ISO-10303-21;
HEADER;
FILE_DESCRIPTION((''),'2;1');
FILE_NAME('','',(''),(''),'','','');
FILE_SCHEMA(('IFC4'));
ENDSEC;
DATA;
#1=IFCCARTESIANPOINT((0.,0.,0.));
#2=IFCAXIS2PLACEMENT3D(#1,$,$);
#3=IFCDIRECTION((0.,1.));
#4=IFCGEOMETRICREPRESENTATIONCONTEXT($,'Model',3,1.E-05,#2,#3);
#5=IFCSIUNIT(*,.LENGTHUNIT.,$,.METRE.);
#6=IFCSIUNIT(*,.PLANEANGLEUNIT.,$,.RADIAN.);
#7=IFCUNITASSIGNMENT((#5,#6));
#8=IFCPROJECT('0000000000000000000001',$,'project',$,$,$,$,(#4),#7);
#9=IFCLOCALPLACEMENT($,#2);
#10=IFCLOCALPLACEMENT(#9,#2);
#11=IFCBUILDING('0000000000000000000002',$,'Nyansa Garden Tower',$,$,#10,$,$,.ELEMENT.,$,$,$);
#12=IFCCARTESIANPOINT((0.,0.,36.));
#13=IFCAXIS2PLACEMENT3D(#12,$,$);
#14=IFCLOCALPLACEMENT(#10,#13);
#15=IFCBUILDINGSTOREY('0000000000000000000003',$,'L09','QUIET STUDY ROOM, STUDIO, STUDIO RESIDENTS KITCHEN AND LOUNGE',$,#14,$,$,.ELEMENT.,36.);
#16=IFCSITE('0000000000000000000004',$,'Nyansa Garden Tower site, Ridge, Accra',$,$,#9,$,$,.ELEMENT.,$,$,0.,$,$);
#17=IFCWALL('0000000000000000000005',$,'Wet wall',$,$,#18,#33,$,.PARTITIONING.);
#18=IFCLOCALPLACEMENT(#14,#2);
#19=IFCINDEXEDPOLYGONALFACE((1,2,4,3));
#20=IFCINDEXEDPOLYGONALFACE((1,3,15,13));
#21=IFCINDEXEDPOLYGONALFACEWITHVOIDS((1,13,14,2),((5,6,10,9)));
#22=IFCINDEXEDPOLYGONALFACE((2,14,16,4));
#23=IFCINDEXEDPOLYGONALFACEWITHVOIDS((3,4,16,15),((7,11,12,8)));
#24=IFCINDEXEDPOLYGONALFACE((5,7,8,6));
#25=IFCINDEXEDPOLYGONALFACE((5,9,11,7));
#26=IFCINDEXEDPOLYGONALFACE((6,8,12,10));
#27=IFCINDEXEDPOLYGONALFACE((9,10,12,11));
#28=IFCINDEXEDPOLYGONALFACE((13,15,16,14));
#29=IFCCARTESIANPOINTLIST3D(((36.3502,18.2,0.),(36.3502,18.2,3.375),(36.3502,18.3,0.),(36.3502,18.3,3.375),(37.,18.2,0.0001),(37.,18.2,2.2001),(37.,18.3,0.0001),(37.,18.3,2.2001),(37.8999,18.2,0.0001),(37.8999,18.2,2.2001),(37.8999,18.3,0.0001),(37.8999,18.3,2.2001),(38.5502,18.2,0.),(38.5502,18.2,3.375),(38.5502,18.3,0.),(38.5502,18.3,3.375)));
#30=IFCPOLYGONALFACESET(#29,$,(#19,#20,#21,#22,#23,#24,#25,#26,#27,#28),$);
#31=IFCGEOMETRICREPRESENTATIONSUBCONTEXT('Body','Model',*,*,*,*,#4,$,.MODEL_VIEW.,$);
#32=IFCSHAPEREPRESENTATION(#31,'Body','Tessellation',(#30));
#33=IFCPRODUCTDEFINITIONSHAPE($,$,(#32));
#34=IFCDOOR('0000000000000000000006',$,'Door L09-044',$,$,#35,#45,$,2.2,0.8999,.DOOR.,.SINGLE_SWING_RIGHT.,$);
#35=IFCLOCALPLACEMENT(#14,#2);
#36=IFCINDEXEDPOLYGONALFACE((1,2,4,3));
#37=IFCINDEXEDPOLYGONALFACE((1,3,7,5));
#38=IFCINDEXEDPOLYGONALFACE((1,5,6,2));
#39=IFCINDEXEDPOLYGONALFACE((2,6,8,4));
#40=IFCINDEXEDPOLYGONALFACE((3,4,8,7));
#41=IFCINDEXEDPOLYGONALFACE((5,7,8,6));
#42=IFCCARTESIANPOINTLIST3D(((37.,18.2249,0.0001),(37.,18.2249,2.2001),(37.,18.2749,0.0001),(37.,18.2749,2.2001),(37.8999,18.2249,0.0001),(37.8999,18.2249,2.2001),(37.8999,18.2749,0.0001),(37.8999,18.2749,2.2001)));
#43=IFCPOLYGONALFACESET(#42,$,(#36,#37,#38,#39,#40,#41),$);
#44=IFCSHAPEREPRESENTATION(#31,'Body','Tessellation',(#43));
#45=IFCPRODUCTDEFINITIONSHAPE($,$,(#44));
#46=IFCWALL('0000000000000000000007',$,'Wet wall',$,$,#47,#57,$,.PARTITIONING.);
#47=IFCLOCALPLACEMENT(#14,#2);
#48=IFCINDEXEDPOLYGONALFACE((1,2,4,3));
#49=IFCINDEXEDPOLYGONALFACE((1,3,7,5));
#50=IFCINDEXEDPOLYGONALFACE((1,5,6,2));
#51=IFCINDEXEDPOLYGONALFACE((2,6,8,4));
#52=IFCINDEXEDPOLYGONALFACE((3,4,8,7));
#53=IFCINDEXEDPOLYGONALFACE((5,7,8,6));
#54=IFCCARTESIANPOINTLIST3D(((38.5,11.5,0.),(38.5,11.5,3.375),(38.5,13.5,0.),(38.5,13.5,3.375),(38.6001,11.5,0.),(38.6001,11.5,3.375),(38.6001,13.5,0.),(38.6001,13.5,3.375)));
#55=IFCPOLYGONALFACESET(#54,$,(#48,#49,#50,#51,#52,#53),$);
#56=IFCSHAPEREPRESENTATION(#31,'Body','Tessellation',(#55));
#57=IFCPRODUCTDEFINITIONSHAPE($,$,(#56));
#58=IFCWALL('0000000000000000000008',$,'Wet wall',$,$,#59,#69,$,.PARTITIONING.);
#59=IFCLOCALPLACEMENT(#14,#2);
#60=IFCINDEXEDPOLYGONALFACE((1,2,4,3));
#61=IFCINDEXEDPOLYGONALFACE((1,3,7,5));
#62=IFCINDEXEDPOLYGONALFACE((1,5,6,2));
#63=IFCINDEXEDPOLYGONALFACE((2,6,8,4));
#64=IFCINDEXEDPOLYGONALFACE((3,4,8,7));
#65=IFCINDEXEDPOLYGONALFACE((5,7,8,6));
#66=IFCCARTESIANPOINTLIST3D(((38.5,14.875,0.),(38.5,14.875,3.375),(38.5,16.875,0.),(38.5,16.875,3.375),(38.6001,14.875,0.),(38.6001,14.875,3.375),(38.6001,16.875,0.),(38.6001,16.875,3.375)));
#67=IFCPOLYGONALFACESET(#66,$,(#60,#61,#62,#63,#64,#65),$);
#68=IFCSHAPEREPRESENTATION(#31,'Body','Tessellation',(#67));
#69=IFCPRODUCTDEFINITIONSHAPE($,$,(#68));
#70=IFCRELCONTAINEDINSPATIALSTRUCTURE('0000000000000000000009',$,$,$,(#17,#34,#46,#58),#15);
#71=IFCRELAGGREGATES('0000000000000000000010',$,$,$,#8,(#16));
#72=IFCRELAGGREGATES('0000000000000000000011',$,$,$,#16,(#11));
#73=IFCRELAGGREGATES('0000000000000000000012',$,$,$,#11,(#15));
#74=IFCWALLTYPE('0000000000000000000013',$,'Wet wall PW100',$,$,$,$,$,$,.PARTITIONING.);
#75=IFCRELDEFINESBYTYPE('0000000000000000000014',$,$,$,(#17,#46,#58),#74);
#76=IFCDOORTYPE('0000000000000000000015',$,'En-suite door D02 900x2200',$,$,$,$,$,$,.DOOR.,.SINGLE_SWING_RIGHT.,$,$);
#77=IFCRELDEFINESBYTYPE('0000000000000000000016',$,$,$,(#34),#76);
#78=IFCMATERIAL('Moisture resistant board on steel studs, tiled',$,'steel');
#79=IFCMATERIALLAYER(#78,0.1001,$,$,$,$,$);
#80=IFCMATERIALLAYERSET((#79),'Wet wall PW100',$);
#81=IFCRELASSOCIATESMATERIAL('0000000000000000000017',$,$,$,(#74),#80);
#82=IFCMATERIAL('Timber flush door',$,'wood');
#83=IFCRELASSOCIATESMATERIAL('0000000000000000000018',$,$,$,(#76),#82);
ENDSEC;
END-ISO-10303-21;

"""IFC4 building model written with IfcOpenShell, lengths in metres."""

from ifc_helpers import new_model, si_unit, direction, frame, frame_2d, origin, place, context, subcontext, project, spatial, rectangle, extrude, material, layer, layer_set, type_object, element, fill, save


model = new_model("IFC4")

# Units and contexts
model_context = context("Model", 3, precision=1e-05, world=origin(), true_north=direction((0.0, 1.0)))
body_context = subcontext(model_context, "Body", "Model", "MODEL_VIEW")
ifc_project = project(units=[si_unit("LENGTHUNIT", "METRE"), si_unit("PLANEANGLEUNIT", "RADIAN")], contexts=[model_context])

# Site, building, storey
site_placement = place(None, origin())
site = spatial("IfcSite", under=ifc_project, at=site_placement, Name="Nyansa Garden Tower site, Ridge, Accra", CompositionType="ELEMENT", RefElevation=0.0)
building_placement = place(site_placement, origin())
building = spatial("IfcBuilding", under=site, at=building_placement, Name="Nyansa Garden Tower", CompositionType="ELEMENT")
storey_placement = place(building_placement, frame((0.0, 0.0, 36.0)))
storey = spatial("IfcBuildingStorey", under=building, at=storey_placement, Name="L09", Description="QUIET STUDY ROOM, STUDIO, STUDIO RESIDENTS KITCHEN AND LOUNGE", CompositionType="ELEMENT", Elevation=36.0)

# Wall, opening, door
ifc_material_1 = material(Name="Moisture resistant board on steel studs, tiled", Category="steel")
ifc_layer_1 = layer(ifc_material_1, 0.1001)
ifc_layer_set_1 = layer_set([ifc_layer_1], Name="Wet wall PW100")
wall_type_1 = type_object("IfcWallType", Name="Wet wall PW100", PredefinedType="PARTITIONING", material=ifc_layer_set_1)
ifc_material_2 = material(Name="Timber flush door", Category="wood")
door_type_1 = type_object("IfcDoorType", Name="En-suite door D02 900x2200", OperationType="SINGLE_SWING_RIGHT", PredefinedType="DOOR", material=ifc_material_2)
wall_1_placement = place(storey_placement, frame((36.3501, 18.25, 0.0), z_axis=(0.0, 0.0, 1.0), x_axis=(1.0, 0.0, 0.0)))
wall_1 = element("IfcWall", 1, at=wall_1_placement, inside=storey, type_object=wall_type_1, Name="Wet wall", PredefinedType="PARTITIONING", context=body_context, shape_type="SweptSolid", body=[
    extrude(rectangle(XDim=2.2, YDim=0.1001, at=frame_2d((1.1001, 0.0))), origin(), (0.0, 0.0, 1.0), 3.375),
])
opening_1_placement = place(wall_1_placement, frame((0.6499, 0.0, 0.0)))
opening_1 = element("IfcOpeningElement", 2, at=opening_1_placement, cuts=wall_1, PredefinedType="OPENING", context=body_context, shape_type="SweptSolid", body=[
    extrude(rectangle(XDim=0.8999, YDim=2.2, at=frame_2d((0.45, 1.1001))), frame((0.0, 0.0601, 0.0), z_axis=(0.0, -1.0, 0.0), x_axis=(1.0, 0.0, 0.0)), (0.0, 0.0, 1.0), 0.1201),
])
door_1_placement = place(opening_1_placement, origin())
door_1 = element("IfcDoor", 3, at=door_1_placement, inside=storey, type_object=door_type_1, Name="Door L09-044", OperationType="SINGLE_SWING_RIGHT", OverallHeight=2.2, OverallWidth=0.8999, PredefinedType="DOOR", context=body_context, shape_type="SweptSolid", body=[
    extrude(rectangle(XDim=0.8999, YDim=2.2, at=frame_2d((0.45, 1.1001))), frame((0.0, 0.0249, 0.0), z_axis=(0.0, -1.0, 0.0), x_axis=(1.0, 0.0, 0.0)), (0.0, 0.0, 1.0), 0.05),
])
fill(opening_1, door_1)

# Walls
for number, where, z_axis, x_axis, name in (
    (4, (38.55, 11.5, 0.0), (0.0, 0.0, 1.0), (0.0, 1.0, 0.0), "Wet wall"),
    (5, (38.55, 14.875, 0.0), (0.0, 0.0, 1.0), (0.0, 1.0, 0.0), "Wet wall"),
):
    element("IfcWall", number, at=place(storey_placement, frame(where, z_axis=z_axis, x_axis=x_axis)), inside=storey, type_object=wall_type_1, Name=name, PredefinedType="PARTITIONING", context=body_context, shape_type="SweptSolid", body=[
        extrude(rectangle(XDim=2.0, YDim=0.1001, at=frame_2d((1.0, 0.0))), origin(), (0.0, 0.0, 1.0), 3.375),
    ])

save(model, "model.ifc")
